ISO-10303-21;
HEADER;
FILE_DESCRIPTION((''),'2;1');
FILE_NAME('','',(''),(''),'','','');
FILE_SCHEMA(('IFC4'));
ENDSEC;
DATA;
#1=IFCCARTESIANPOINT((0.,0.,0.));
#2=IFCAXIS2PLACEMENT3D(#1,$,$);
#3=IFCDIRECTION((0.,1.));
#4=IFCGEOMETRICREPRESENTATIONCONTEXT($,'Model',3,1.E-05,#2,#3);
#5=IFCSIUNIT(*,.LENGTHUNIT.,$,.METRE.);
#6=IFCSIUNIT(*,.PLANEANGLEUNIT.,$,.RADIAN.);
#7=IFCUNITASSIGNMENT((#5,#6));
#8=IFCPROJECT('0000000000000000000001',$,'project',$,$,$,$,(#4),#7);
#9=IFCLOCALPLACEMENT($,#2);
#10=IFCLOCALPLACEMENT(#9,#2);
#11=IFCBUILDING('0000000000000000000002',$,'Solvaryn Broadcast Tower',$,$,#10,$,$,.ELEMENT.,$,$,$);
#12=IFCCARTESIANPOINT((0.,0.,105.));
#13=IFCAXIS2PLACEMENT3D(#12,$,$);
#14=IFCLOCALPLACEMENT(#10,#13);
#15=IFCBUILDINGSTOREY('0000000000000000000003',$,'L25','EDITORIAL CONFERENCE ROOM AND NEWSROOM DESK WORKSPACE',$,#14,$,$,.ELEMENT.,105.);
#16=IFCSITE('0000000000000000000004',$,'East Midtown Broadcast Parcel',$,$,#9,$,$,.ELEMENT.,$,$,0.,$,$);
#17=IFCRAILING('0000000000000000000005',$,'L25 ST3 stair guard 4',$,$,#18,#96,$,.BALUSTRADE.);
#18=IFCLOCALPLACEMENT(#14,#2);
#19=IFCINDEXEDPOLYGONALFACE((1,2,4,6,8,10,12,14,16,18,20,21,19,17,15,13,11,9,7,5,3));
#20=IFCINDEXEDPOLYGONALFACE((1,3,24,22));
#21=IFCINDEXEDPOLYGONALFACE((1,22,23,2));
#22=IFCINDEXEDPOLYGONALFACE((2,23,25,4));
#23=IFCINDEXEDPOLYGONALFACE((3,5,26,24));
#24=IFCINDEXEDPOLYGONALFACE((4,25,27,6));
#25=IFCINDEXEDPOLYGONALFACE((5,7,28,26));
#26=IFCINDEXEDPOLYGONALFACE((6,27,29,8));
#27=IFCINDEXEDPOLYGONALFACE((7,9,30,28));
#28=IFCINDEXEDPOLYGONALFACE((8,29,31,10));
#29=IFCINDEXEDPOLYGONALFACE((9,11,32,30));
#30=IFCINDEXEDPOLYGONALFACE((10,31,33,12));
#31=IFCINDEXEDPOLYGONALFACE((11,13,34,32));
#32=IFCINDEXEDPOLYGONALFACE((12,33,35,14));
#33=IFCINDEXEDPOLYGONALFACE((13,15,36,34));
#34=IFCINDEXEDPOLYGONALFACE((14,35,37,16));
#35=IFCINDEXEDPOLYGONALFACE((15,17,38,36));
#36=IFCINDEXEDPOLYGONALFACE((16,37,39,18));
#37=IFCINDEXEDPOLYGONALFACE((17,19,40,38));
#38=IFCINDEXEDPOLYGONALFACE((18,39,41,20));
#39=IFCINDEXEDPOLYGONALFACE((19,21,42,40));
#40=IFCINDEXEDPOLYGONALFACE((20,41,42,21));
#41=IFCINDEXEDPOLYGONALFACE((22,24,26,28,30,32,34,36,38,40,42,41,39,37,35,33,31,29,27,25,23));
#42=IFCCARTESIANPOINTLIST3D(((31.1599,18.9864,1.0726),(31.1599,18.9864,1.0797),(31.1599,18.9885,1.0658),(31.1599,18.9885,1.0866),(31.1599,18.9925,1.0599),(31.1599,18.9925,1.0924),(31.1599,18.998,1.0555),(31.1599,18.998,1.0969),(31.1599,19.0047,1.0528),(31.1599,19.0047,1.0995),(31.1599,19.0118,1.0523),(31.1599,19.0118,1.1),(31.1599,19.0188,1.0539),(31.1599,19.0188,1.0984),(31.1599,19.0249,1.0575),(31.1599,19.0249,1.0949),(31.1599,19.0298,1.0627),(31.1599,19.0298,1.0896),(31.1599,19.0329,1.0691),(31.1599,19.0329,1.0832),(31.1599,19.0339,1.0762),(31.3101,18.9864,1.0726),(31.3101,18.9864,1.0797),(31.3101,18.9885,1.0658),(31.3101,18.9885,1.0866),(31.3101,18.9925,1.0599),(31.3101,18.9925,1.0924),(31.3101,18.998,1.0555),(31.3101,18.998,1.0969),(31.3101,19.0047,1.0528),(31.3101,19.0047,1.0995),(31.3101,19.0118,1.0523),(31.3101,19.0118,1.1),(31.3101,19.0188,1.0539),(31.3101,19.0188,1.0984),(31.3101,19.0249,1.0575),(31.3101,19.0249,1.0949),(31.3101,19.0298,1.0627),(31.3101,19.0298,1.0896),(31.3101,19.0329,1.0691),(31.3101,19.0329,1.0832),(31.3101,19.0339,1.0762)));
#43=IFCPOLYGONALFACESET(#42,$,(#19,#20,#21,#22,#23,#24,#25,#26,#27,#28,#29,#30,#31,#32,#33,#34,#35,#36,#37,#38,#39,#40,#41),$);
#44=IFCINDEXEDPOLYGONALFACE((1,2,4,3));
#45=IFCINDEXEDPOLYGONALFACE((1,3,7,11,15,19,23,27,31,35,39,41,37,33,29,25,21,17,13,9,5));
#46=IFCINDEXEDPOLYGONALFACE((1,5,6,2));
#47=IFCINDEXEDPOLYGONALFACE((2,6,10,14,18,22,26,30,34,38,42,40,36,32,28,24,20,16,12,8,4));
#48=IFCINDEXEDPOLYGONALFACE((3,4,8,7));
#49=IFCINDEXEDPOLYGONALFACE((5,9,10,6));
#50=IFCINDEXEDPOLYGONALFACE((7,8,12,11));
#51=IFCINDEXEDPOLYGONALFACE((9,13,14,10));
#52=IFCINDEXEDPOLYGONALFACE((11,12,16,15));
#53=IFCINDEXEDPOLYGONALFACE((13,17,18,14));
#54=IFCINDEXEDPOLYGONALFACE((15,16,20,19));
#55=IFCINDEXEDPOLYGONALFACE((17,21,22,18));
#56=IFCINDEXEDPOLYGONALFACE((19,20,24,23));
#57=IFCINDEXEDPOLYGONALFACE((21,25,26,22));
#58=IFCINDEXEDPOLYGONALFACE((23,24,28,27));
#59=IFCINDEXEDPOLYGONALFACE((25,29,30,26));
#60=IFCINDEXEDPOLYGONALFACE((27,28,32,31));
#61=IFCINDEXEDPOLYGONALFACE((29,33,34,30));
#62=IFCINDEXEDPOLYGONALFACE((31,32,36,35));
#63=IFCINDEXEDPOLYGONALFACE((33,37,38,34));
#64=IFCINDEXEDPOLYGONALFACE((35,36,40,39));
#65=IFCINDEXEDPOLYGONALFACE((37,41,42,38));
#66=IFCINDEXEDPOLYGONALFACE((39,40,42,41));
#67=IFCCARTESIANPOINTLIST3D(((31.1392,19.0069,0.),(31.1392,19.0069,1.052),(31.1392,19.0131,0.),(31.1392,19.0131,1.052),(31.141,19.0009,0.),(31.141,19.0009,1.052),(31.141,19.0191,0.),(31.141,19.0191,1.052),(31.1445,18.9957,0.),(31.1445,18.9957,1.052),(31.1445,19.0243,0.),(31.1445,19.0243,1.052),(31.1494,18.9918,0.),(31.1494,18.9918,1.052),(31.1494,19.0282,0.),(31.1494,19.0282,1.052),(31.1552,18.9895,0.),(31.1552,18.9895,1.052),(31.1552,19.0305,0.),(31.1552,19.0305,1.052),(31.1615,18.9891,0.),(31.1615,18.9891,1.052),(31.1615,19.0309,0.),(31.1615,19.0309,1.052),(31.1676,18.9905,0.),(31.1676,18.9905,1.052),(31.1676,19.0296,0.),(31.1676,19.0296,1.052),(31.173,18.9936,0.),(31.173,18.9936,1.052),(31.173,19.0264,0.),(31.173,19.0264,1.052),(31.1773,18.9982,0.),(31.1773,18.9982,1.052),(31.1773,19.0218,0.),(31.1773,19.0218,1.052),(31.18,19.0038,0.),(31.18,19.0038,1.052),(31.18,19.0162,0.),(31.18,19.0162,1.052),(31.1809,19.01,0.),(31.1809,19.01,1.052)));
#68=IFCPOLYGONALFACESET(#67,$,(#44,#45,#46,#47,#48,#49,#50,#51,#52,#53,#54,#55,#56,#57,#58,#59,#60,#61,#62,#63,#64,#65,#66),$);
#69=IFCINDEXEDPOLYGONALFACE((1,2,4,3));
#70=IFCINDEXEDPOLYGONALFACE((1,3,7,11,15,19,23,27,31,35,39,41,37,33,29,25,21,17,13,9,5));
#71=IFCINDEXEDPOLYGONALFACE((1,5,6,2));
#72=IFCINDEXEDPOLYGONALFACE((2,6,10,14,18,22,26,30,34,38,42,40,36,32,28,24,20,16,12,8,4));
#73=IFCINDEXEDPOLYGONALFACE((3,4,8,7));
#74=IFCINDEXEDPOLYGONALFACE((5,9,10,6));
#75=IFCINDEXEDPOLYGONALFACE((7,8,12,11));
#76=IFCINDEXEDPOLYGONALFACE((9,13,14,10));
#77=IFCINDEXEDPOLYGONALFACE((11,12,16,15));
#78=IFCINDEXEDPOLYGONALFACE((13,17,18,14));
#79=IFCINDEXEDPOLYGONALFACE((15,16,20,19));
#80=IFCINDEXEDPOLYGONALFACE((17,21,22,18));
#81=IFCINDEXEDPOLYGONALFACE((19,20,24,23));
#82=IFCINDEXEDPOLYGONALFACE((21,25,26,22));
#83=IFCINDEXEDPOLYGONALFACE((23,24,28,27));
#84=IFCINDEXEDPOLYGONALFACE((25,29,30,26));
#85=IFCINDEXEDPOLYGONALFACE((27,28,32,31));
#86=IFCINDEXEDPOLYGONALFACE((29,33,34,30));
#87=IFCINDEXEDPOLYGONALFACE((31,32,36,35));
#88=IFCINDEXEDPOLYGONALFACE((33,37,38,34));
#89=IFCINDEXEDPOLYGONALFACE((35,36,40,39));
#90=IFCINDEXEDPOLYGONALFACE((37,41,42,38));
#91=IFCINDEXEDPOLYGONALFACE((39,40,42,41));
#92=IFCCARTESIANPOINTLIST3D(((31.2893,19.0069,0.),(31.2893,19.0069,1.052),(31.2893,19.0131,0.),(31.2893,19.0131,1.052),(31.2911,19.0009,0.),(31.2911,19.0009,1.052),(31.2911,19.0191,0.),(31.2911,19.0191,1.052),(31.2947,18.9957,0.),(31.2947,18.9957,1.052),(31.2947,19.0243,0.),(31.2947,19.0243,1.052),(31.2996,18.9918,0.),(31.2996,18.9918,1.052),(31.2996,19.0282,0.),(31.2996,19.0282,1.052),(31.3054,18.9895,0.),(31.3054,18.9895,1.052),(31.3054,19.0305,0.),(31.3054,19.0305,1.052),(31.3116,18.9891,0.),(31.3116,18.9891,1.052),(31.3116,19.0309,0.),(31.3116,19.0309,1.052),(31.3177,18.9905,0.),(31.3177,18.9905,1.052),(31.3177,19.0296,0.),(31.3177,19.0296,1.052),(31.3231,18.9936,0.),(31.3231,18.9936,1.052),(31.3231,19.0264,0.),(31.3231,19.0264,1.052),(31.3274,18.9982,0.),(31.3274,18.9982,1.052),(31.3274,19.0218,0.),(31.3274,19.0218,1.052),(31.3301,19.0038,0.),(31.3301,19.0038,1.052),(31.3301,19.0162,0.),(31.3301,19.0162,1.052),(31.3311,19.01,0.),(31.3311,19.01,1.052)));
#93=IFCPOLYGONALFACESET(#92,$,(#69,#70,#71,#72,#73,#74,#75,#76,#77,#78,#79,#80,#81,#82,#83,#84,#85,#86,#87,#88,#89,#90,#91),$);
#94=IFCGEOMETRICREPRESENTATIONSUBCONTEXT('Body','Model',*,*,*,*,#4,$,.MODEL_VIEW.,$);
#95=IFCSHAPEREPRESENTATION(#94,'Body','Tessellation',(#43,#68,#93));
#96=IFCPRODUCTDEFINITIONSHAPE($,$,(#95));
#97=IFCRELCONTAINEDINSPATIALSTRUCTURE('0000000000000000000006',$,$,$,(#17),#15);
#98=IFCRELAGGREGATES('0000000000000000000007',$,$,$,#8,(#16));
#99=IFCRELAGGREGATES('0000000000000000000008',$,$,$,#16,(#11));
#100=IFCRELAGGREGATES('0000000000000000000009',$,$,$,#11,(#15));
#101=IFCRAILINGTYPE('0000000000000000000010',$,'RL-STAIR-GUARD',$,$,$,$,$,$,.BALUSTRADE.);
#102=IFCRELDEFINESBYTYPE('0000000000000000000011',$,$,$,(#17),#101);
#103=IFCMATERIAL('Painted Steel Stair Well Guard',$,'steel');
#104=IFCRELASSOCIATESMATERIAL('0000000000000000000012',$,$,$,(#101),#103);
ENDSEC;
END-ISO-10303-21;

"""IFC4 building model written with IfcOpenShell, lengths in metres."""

from ifc_helpers import new_model, si_unit, direction, frame, origin, origin_2d, place, context, subcontext, project, spatial, circle, extrude, material, type_object, element, save


model = new_model("IFC4")

# Units and contexts
model_context = context("Model", 3, precision=1e-05, world=origin(), true_north=direction((0.0, 1.0)))
body_context = subcontext(model_context, "Body", "Model", "MODEL_VIEW")
ifc_project = project(units=[si_unit("LENGTHUNIT", "METRE"), si_unit("PLANEANGLEUNIT", "RADIAN")], contexts=[model_context])

# Site, building, storey
site_placement = place(None, origin())
site = spatial("IfcSite", under=ifc_project, at=site_placement, Name="East Midtown Broadcast Parcel", CompositionType="ELEMENT", RefElevation=0.0)
building_placement = place(site_placement, origin())
building = spatial("IfcBuilding", under=site, at=building_placement, Name="Solvaryn Broadcast Tower", CompositionType="ELEMENT")
storey_placement = place(building_placement, frame((0.0, 0.0, 105.0)))
storey = spatial("IfcBuildingStorey", under=building, at=storey_placement, Name="L25", Description="EDITORIAL CONFERENCE ROOM AND NEWSROOM DESK WORKSPACE", CompositionType="ELEMENT", Elevation=105.0)

# Railing
ifc_material_1 = material(Name="Painted Steel Stair Well Guard", Category="steel")
railing_type_1 = type_object("IfcRailingType", Name="RL-STAIR-GUARD", PredefinedType="BALUSTRADE", material=ifc_material_1)
railing_1_placement = place(storey_placement, frame((31.1599, 19.01, 0.0)))
element("IfcRailing", 1, at=railing_1_placement, inside=storey, type_object=railing_type_1, Name="L25 ST3 stair guard 4", PredefinedType="BALUSTRADE", context=body_context, shape_type="SweptSolid", body=[
    extrude(circle(Radius=0.0239, at=origin_2d()), frame((0.0, 0.0, 1.0762), z_axis=(1.0, 0.0, 0.0), x_axis=(0.0, 1.0, 0.0)), (0.0, 0.0, 1.0), 0.1501),
    extrude(circle(Radius=0.021, at=origin_2d()), origin(), (0.0, 0.0, 1.0), 1.052),
    extrude(circle(Radius=0.021, at=origin_2d()), frame((0.1501, 0.0, 0.0)), (0.0, 0.0, 1.0), 1.052),
])

save(model, "model.ifc")
